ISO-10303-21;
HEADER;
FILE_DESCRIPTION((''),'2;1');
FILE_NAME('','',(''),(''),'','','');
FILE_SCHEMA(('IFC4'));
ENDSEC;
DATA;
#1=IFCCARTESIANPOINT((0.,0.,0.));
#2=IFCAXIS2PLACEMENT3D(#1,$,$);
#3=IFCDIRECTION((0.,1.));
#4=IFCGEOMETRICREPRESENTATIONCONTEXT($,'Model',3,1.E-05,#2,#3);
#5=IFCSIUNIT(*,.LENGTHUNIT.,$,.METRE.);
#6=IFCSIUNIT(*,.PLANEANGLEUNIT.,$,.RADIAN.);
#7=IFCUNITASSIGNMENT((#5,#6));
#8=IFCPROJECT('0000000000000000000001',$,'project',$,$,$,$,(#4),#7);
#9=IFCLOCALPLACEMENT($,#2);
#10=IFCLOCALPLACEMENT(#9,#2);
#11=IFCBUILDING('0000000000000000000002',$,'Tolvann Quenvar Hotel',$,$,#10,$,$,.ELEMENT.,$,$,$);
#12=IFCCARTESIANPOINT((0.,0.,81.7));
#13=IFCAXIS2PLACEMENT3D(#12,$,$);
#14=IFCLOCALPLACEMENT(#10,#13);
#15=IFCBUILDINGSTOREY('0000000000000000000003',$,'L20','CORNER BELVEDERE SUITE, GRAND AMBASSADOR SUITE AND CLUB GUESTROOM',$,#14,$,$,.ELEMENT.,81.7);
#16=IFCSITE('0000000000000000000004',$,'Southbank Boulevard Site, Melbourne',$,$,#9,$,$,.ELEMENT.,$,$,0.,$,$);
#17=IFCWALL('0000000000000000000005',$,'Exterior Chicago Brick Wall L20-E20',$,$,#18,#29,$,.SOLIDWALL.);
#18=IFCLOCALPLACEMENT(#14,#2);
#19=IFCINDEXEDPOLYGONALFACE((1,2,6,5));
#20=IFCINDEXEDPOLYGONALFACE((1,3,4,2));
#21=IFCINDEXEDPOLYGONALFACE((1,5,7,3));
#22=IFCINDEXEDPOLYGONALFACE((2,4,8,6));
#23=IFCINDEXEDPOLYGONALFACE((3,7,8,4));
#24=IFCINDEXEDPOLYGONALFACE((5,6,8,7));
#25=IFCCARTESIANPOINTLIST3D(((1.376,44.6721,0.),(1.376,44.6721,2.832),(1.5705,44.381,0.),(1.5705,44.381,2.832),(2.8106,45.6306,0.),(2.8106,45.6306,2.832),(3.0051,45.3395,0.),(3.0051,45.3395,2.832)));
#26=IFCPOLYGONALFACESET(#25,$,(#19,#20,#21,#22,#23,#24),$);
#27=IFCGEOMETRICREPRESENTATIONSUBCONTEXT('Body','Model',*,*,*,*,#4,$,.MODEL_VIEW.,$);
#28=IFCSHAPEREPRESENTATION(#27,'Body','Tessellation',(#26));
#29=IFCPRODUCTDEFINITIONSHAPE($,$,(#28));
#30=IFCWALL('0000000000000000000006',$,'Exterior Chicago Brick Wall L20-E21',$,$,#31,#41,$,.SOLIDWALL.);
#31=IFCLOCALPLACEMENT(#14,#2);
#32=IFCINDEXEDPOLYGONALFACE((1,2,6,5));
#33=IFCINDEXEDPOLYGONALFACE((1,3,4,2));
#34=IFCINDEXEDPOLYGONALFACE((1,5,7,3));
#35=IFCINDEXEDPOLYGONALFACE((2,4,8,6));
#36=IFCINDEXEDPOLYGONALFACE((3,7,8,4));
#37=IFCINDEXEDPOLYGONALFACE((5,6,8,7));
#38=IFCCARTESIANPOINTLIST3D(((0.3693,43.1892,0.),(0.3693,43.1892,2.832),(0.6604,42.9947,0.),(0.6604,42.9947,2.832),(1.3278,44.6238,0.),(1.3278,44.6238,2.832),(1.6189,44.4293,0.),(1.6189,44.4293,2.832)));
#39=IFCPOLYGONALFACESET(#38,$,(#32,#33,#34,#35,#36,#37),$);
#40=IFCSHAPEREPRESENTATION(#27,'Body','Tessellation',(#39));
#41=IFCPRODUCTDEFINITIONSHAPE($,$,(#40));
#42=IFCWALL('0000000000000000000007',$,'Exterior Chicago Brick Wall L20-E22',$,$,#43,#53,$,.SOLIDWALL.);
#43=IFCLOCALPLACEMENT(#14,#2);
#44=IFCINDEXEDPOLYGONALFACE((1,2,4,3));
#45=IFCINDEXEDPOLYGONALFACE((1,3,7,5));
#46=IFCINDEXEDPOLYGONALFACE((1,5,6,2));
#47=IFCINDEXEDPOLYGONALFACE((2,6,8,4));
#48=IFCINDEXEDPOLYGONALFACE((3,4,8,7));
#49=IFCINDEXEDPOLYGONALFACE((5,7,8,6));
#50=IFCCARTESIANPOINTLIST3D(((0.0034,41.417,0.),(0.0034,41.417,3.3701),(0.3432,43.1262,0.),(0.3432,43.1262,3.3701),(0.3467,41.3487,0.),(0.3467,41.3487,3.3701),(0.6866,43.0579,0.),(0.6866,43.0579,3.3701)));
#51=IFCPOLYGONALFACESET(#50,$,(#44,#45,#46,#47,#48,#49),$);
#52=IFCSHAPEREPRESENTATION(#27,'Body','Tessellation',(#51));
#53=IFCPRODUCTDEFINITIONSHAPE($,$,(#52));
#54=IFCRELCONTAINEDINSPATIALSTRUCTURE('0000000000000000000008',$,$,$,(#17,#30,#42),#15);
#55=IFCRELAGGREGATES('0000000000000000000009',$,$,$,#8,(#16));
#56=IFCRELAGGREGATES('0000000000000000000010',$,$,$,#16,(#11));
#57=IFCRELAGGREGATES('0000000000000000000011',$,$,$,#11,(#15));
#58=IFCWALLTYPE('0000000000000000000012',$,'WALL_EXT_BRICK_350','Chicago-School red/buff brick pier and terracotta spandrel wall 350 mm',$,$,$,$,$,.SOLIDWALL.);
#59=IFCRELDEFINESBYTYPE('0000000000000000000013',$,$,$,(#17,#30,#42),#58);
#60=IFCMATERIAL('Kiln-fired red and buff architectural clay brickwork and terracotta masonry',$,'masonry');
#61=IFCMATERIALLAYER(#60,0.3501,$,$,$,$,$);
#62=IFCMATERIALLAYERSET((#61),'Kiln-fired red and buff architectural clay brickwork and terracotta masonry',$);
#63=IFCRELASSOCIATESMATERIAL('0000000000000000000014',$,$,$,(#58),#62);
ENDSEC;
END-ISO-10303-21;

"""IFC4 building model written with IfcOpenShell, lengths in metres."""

from ifc_helpers import new_model, si_unit, direction, frame, frame_2d, origin, place, context, subcontext, project, spatial, rectangle, extrude, material, layer, layer_set, type_object, element, save


model = new_model("IFC4")

# Units and contexts
model_context = context("Model", 3, precision=1e-05, world=origin(), true_north=direction((0.0, 1.0)))
body_context = subcontext(model_context, "Body", "Model", "MODEL_VIEW")
ifc_project = project(units=[si_unit("LENGTHUNIT", "METRE"), si_unit("PLANEANGLEUNIT", "RADIAN")], contexts=[model_context])

# Site, building, storey
site_placement = place(None, origin())
site = spatial("IfcSite", under=ifc_project, at=site_placement, Name="Southbank Boulevard Site, Melbourne", CompositionType="ELEMENT", RefElevation=0.0)
building_placement = place(site_placement, origin())
building = spatial("IfcBuilding", under=site, at=building_placement, Name="Tolvann Quenvar Hotel", CompositionType="ELEMENT")
storey_placement = place(building_placement, frame((0.0, 0.0, 81.7)))
storey = spatial("IfcBuildingStorey", under=building, at=storey_placement, Name="L20", Description="CORNER BELVEDERE SUITE, GRAND AMBASSADOR SUITE AND CLUB GUESTROOM", CompositionType="ELEMENT", Elevation=81.7)

# Walls
ifc_material_1 = material(Name="Kiln-fired red and buff architectural clay brickwork and terracotta masonry", Category="masonry")
ifc_layer_1 = layer(ifc_material_1, 0.3501)
ifc_layer_set_1 = layer_set([ifc_layer_1], Name="Kiln-fired red and buff architectural clay brickwork and terracotta masonry")
wall_type_1 = type_object("IfcWallType", Name="WALL_EXT_BRICK_350", Description="Chicago-School red/buff brick pier and terracotta spandrel wall 350 mm", PredefinedType="SOLIDWALL", material=ifc_layer_set_1)
for number, where, z_axis, x_axis, name in (
    (1, (2.908, 45.4851, 0.0), (0.0, 0.0, 1.0), (-0.831484, -0.555549, 0.0), "Exterior Chicago Brick Wall L20-E20"),
    (2, (1.4734, 44.5266, 0.0), (0.0, 0.0, 1.0), (-0.555549, -0.831484, 0.0), "Exterior Chicago Brick Wall L20-E21"),
):
    element("IfcWall", number, at=place(storey_placement, frame(where, z_axis=z_axis, x_axis=x_axis)), inside=storey, type_object=wall_type_1, Name=name, PredefinedType="SOLIDWALL", context=body_context, shape_type="SweptSolid", body=[
        extrude(rectangle(XDim=1.7253, YDim=0.3501, at=frame_2d((0.8628, 0.0))), origin(), (0.0, 0.0, 1.0), 2.832),
    ])
wall_1_placement = place(storey_placement, frame((0.5149, 43.092, 0.0), z_axis=(0.0, 0.0, 1.0), x_axis=(-0.195011, -0.980801, 0.0)))
element("IfcWall", 3, at=wall_1_placement, inside=storey, type_object=wall_type_1, Name="Exterior Chicago Brick Wall L20-E22", PredefinedType="SOLIDWALL", context=body_context, shape_type="SweptSolid", body=[
    extrude(rectangle(XDim=1.7427, YDim=0.3501, at=frame_2d((0.8713, 0.0))), origin(), (0.0, 0.0, 1.0), 3.3701),
])

save(model, "model.ifc")
